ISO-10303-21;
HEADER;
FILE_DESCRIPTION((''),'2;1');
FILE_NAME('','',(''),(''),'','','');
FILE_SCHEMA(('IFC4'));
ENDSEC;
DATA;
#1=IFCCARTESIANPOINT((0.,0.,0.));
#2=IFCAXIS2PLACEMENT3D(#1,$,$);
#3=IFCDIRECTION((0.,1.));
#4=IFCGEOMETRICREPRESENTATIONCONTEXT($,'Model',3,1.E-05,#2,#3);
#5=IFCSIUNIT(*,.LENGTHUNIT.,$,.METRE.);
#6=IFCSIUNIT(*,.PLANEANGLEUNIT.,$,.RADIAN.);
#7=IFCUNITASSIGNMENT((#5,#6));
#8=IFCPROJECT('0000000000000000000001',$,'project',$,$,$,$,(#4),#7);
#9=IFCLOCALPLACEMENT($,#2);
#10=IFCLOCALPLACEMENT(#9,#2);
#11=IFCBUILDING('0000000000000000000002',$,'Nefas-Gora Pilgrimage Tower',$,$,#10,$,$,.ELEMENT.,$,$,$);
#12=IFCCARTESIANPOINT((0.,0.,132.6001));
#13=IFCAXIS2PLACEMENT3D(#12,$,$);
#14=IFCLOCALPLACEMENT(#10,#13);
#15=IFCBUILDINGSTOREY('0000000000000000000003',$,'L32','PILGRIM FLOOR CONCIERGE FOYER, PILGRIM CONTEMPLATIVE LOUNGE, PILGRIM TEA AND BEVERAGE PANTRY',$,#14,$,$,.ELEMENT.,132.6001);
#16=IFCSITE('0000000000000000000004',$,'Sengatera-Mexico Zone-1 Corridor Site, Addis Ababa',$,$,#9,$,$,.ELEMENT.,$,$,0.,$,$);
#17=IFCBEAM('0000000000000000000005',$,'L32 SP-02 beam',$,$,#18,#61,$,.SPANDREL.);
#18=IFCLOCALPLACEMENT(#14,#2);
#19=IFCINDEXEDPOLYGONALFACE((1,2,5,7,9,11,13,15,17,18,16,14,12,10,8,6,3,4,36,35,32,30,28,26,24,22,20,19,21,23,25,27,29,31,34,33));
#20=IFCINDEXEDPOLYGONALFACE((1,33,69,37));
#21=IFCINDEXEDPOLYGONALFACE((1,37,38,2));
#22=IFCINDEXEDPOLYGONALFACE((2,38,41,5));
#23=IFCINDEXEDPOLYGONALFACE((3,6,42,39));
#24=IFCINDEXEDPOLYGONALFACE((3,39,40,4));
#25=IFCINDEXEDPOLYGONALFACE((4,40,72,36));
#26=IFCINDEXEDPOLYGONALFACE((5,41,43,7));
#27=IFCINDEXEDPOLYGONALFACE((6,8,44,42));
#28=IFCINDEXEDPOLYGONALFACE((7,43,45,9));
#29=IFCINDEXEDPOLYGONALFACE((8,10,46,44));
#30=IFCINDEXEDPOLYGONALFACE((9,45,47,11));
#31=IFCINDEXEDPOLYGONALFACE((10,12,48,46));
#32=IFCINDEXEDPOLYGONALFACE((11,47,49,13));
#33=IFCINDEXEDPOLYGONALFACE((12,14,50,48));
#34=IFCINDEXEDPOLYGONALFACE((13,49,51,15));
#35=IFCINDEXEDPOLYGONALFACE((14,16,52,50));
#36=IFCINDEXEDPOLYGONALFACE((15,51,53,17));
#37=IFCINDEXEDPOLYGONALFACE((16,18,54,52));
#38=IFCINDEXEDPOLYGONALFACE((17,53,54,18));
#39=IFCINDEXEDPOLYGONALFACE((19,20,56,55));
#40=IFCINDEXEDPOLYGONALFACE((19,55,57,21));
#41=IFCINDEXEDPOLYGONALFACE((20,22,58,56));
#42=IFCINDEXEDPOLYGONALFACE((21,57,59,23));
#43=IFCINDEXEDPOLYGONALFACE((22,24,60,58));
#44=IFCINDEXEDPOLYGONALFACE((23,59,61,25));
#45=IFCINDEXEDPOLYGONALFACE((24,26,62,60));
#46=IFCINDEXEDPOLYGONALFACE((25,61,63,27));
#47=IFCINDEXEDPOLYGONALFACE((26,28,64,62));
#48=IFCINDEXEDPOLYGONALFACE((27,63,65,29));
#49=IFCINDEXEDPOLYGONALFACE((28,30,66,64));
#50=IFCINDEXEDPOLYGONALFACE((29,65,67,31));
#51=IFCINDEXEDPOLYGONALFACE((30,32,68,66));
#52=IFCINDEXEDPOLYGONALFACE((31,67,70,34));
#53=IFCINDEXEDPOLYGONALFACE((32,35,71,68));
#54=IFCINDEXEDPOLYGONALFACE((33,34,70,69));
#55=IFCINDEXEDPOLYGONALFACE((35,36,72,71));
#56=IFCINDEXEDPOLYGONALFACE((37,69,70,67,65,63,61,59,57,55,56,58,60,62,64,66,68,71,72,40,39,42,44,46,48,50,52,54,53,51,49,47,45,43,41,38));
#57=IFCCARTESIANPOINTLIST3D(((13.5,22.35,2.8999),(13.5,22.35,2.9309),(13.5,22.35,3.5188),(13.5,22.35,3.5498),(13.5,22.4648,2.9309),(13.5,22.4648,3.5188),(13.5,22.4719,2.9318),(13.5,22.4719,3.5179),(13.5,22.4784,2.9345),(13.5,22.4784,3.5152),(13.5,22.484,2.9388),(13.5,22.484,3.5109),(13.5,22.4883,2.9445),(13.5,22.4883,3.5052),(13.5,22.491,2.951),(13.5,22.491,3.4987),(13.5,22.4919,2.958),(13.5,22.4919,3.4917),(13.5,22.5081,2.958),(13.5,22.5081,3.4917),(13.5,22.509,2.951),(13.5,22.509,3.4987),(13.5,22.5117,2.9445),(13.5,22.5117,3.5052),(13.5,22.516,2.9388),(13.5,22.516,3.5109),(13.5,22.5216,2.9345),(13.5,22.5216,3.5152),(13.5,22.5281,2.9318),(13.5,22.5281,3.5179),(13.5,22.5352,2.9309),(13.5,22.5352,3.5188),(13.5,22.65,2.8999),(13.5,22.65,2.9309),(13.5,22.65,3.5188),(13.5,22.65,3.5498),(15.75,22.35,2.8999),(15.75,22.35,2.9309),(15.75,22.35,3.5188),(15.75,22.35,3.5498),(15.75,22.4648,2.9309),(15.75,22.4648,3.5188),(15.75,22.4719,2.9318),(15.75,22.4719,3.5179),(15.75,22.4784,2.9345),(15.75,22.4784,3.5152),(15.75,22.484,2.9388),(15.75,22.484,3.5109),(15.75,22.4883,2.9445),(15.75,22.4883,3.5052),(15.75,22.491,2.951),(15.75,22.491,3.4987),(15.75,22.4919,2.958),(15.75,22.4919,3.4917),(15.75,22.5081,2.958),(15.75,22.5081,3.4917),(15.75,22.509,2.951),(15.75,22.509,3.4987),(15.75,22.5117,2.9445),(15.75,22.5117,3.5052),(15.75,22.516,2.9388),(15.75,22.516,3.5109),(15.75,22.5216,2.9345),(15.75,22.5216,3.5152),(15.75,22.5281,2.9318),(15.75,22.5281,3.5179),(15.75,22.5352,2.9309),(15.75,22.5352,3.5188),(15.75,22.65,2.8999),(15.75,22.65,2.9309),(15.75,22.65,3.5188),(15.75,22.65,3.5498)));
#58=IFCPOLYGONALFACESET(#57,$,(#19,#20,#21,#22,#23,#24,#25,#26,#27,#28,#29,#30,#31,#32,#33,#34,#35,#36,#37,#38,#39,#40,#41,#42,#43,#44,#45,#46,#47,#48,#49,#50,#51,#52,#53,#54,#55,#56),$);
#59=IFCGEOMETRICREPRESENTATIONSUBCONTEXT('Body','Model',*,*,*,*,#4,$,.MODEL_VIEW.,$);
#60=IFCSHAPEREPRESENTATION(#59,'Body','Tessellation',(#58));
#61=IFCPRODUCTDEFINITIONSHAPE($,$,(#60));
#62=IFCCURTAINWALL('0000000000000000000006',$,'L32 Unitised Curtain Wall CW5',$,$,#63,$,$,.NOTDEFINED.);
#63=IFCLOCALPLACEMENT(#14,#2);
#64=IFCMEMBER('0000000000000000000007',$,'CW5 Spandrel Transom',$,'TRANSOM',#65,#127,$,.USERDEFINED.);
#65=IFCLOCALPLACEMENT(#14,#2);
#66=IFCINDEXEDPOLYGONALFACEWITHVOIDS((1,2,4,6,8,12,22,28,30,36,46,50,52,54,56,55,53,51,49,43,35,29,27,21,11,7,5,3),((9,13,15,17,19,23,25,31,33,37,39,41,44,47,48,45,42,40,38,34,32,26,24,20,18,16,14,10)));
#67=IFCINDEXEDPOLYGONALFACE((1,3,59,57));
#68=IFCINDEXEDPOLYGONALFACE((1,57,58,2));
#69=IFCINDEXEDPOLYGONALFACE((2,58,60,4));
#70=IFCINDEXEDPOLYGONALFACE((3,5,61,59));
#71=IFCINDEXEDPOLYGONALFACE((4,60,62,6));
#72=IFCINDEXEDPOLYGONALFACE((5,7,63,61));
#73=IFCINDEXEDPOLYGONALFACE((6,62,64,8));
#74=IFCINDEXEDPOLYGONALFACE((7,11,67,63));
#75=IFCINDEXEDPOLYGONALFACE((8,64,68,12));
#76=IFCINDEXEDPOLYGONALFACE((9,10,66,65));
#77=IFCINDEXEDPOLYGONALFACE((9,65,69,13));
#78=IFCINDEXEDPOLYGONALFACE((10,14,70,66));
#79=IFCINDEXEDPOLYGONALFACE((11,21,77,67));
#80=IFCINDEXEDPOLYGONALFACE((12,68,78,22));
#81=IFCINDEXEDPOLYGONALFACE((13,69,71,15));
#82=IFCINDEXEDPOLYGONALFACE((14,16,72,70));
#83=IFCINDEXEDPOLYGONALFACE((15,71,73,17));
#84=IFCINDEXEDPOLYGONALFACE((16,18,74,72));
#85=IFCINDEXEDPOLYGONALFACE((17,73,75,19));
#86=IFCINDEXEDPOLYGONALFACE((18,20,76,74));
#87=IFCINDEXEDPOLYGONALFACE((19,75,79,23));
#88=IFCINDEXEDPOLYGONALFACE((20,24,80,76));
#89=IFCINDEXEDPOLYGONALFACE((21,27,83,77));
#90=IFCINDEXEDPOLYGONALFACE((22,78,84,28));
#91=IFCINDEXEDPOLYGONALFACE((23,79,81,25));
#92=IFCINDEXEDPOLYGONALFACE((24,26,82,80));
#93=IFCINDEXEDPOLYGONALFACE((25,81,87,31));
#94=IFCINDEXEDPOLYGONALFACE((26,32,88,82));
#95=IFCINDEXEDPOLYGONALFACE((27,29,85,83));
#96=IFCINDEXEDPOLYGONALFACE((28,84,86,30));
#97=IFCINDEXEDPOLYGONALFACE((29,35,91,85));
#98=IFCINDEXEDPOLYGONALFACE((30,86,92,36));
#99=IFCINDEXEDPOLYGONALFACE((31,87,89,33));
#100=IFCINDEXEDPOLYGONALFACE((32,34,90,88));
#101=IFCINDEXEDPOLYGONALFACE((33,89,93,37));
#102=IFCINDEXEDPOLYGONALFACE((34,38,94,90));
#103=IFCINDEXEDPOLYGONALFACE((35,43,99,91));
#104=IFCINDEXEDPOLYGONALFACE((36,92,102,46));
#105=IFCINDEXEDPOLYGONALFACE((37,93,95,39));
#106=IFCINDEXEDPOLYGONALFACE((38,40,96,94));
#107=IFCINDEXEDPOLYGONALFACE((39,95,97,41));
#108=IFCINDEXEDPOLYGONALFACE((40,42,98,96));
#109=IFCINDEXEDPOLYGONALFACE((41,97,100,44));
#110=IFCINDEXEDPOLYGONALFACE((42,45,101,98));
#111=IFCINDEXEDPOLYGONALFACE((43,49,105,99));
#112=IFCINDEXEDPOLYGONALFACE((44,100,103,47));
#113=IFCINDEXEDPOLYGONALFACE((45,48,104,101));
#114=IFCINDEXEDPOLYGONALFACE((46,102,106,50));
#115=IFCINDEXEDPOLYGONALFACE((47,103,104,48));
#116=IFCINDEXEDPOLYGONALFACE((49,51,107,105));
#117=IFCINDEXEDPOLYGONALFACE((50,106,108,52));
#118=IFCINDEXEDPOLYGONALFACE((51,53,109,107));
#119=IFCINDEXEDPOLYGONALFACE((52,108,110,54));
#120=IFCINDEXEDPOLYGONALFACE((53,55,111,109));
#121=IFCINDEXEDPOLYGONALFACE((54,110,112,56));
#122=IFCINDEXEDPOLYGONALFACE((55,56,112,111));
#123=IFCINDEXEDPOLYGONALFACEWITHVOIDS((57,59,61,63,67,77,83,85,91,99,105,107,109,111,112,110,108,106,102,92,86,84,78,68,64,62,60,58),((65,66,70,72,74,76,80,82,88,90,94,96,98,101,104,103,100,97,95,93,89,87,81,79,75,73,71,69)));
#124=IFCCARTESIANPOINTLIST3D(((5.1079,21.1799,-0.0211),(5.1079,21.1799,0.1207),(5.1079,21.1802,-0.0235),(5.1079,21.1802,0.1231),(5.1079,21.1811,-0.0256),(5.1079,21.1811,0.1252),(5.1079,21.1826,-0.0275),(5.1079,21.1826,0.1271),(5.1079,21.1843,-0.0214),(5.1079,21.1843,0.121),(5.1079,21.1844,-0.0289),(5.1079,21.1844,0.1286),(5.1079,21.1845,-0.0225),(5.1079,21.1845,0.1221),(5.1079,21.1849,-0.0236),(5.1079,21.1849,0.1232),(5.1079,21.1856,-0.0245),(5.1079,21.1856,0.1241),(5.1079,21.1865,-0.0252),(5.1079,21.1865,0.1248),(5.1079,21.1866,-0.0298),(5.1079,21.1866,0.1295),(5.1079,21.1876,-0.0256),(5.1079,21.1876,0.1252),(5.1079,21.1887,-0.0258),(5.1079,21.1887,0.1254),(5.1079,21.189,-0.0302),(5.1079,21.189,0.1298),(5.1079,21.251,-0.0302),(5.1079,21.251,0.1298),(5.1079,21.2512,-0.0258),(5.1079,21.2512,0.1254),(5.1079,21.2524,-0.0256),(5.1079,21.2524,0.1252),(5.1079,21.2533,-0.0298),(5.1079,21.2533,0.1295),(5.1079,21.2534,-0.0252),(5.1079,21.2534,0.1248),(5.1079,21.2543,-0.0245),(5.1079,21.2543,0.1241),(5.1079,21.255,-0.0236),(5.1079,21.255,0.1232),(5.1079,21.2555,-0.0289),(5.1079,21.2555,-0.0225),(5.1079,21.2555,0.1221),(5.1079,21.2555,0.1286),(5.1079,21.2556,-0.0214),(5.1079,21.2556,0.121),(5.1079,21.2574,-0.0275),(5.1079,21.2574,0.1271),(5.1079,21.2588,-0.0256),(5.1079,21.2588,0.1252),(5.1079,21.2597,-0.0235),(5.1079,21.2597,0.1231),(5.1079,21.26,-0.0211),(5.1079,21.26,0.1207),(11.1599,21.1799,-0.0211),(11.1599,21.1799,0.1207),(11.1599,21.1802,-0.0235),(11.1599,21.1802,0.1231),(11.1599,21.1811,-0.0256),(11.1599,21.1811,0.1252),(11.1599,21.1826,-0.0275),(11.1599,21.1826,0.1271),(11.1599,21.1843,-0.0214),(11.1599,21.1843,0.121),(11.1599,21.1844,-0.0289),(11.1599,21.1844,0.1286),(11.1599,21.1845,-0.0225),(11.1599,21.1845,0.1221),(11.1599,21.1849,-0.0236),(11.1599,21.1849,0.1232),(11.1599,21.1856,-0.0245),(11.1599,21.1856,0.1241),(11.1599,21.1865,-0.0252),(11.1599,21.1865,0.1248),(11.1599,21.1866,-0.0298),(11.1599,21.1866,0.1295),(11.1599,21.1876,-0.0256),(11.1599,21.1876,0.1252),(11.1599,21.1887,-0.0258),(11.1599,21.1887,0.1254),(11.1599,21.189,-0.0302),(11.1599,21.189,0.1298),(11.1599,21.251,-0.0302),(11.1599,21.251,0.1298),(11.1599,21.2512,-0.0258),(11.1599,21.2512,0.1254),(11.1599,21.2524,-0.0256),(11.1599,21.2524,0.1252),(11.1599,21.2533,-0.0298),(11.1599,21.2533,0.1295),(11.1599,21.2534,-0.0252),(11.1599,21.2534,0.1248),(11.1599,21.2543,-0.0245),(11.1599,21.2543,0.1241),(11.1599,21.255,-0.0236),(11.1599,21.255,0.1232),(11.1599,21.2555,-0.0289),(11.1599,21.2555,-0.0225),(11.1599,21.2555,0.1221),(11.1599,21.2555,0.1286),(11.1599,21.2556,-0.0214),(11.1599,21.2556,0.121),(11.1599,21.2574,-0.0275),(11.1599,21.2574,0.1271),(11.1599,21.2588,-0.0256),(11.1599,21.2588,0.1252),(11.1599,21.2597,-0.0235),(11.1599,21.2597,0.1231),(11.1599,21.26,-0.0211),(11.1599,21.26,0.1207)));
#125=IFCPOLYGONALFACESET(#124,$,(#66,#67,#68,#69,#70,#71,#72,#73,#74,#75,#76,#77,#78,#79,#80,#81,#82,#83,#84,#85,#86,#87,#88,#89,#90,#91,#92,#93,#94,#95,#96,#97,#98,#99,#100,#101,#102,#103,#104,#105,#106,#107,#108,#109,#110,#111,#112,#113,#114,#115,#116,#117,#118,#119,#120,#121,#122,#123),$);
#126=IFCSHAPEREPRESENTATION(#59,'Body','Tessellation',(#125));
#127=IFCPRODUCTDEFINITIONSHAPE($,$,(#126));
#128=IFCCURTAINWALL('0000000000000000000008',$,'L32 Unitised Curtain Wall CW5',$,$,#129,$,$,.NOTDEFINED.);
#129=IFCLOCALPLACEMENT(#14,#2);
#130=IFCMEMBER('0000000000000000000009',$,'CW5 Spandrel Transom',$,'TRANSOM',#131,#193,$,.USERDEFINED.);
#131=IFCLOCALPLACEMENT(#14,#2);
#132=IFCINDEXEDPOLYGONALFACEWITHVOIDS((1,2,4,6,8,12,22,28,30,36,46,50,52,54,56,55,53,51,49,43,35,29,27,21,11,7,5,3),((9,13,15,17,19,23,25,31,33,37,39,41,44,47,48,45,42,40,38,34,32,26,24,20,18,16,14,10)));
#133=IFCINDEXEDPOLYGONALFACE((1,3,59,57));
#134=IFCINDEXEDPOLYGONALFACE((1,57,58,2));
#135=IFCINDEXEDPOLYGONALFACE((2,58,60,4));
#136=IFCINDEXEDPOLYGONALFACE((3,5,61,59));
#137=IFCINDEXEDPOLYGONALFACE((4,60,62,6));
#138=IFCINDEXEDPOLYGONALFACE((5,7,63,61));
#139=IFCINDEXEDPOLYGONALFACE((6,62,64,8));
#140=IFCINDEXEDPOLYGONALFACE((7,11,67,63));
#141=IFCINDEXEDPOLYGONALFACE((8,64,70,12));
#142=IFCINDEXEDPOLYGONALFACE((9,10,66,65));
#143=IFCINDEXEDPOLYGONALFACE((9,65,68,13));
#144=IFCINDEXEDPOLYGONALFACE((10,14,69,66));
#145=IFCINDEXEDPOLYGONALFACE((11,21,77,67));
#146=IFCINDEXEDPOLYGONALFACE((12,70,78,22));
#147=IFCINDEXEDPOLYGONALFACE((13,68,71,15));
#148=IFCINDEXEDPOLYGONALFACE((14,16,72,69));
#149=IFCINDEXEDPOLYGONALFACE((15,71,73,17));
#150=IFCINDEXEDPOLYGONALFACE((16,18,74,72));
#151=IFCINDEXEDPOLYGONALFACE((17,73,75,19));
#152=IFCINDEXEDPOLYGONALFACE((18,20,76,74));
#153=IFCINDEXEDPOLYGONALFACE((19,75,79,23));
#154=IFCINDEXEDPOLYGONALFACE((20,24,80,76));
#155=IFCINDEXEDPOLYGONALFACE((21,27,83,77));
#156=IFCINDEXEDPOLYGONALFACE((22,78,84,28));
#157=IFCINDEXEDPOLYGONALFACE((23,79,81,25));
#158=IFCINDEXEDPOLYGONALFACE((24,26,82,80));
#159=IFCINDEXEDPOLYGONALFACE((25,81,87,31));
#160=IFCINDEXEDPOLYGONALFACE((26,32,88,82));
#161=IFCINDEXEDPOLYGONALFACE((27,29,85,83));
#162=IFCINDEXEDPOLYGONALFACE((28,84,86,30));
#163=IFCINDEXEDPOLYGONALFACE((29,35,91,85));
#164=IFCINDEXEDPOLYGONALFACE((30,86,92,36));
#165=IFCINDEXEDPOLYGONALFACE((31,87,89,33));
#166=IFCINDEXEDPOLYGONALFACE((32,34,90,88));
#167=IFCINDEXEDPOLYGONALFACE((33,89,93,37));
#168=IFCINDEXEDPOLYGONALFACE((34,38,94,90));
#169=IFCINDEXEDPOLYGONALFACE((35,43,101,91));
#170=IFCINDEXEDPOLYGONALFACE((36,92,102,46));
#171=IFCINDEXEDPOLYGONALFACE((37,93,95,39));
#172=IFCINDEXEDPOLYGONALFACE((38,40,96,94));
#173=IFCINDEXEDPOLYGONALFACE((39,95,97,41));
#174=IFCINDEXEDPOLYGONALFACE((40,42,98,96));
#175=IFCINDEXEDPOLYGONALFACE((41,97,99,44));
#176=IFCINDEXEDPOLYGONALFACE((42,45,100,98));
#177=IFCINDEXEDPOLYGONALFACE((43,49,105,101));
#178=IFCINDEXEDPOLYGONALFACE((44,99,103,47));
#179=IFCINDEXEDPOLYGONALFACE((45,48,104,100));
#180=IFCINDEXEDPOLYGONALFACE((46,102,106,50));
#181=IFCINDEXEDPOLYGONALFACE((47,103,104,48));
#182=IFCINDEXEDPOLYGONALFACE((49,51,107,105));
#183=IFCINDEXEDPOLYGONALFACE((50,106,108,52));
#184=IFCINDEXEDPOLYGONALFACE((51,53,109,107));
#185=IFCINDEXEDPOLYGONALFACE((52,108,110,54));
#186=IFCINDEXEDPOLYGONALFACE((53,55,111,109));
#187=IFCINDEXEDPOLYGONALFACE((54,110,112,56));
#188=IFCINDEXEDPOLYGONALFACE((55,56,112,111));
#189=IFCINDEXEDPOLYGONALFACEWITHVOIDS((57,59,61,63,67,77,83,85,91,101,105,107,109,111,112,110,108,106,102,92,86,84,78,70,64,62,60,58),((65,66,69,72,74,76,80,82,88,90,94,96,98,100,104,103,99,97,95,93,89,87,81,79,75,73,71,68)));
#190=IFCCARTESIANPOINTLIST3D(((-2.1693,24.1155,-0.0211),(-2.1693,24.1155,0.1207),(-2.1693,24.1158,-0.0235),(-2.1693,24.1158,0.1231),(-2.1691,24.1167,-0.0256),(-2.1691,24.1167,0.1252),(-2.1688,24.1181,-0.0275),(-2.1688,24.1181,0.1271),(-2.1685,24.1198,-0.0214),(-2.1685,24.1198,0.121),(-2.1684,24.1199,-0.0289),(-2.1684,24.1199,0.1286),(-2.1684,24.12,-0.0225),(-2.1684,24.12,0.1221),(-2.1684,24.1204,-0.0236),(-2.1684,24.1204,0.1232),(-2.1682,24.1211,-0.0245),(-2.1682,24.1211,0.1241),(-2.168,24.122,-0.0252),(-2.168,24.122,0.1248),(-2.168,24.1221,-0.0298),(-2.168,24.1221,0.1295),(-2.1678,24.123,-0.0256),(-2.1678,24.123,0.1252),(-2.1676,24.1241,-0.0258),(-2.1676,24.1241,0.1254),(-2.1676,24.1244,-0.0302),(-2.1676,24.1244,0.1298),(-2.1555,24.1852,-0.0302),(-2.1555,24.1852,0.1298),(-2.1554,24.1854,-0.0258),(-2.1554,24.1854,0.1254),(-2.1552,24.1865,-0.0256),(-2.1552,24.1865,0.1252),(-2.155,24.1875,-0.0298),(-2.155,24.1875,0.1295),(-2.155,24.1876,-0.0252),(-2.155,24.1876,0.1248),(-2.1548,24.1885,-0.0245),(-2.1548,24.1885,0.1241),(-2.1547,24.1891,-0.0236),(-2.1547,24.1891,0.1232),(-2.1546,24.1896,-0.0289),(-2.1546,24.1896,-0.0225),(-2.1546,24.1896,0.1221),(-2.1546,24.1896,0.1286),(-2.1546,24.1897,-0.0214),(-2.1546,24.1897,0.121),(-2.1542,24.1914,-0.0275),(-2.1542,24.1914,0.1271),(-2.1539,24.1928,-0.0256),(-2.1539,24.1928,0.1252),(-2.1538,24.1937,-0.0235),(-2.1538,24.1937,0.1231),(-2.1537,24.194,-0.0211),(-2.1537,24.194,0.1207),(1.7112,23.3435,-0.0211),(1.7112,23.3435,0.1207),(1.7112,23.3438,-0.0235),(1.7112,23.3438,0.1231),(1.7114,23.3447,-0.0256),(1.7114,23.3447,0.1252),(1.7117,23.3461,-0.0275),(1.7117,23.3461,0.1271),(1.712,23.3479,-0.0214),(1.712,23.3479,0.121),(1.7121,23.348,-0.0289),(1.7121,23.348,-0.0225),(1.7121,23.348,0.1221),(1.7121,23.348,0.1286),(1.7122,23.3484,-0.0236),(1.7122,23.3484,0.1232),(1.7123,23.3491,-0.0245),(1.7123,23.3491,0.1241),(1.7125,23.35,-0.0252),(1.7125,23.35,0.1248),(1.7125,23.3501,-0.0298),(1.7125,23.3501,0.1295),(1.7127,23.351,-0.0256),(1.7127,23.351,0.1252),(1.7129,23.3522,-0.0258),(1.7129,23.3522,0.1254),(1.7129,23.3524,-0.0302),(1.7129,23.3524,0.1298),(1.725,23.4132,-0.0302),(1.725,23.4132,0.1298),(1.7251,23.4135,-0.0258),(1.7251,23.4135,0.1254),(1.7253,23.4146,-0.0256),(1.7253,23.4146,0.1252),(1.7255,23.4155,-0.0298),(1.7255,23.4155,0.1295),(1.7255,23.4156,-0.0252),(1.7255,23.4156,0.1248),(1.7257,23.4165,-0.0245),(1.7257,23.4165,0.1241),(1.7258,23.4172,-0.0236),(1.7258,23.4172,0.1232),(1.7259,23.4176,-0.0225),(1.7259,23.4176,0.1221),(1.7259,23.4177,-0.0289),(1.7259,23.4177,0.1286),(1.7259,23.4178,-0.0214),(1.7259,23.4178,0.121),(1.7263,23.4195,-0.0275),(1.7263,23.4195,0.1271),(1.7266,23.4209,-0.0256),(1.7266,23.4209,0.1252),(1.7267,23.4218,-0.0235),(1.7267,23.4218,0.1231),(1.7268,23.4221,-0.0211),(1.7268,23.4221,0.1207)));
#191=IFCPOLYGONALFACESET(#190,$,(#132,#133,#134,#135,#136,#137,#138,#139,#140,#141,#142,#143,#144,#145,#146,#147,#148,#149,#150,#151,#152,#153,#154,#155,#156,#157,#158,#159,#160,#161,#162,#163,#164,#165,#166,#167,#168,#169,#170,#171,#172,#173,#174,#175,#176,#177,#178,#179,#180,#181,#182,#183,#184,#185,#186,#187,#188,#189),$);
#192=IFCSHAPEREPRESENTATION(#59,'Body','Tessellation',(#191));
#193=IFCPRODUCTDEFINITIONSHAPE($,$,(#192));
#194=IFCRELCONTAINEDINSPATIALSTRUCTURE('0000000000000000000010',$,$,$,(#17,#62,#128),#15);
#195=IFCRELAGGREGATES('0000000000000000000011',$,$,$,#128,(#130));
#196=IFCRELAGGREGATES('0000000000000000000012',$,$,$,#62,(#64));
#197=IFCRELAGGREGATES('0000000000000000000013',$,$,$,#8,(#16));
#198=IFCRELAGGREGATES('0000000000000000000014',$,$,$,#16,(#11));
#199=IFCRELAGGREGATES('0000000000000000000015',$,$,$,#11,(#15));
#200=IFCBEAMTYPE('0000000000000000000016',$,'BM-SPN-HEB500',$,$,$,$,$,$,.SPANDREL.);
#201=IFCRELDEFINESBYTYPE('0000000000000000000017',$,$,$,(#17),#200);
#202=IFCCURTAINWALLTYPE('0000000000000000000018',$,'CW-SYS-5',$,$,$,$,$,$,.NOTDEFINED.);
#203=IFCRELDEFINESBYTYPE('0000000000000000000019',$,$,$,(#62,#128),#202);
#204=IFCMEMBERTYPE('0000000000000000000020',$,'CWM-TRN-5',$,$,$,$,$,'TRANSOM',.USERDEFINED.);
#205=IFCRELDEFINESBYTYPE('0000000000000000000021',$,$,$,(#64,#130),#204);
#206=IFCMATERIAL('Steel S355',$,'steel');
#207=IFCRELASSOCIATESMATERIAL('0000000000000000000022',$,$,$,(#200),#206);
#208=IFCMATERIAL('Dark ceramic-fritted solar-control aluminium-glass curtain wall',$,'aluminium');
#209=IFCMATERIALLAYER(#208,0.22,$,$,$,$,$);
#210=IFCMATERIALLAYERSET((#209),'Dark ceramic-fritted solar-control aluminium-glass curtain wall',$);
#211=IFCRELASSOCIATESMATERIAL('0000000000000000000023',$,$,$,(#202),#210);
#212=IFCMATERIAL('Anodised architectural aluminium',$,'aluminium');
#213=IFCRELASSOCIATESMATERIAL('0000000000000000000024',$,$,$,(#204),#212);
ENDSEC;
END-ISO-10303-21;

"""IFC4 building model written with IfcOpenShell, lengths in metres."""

from ifc_helpers import new_model, si_unit, direction, frame, origin, origin_2d, place, context, subcontext, project, spatial, hollow_rectangle, i_section, extrude, source, transform, mapped, material, layer, layer_set, material_profile, profile_set, type_object, element, aggregate, save


model = new_model("IFC4")

# Units and contexts
model_context = context("Model", 3, precision=1e-05, world=origin(), true_north=direction((0.0, 1.0)))
body_context = subcontext(model_context, "Body", "Model", "MODEL_VIEW")
ifc_project = project(units=[si_unit("LENGTHUNIT", "METRE"), si_unit("PLANEANGLEUNIT", "RADIAN")], contexts=[model_context])

# Site, building, storey
site_placement = place(None, origin())
site = spatial("IfcSite", under=ifc_project, at=site_placement, Name="Sengatera-Mexico Zone-1 Corridor Site, Addis Ababa", CompositionType="ELEMENT", RefElevation=0.0)
building_placement = place(site_placement, origin())
building = spatial("IfcBuilding", under=site, at=building_placement, Name="Nefas-Gora Pilgrimage Tower", CompositionType="ELEMENT")
storey_placement = place(building_placement, frame((0.0, 0.0, 132.6001)))
storey = spatial("IfcBuildingStorey", under=building, at=storey_placement, Name="L32", Description="PILGRIM FLOOR CONCIERGE FOYER, PILGRIM CONTEMPLATIVE LOUNGE, PILGRIM TEA AND BEVERAGE PANTRY", CompositionType="ELEMENT", Elevation=132.6001)

# Beam
ifc_material_1 = material(Name="Steel S355", Category="steel")
ifc_material_profile_1 = material_profile(ifc_material_1, i_section(OverallWidth=0.3, OverallDepth=0.6499, WebThickness=0.0161, FlangeThickness=0.031, FilletRadius=0.0271, at=origin_2d()), Name="HEB 650")
ifc_profile_set_1 = profile_set([ifc_material_profile_1], Name="Steel S355")
beam_type_1 = type_object("IfcBeamType", Name="BM-SPN-HEB500", PredefinedType="SPANDREL", material=ifc_profile_set_1)
shared_shape_1 = source(origin(), body_context, "Body", "SweptSolid", [
    extrude(i_section(OverallWidth=0.3, OverallDepth=0.6499, WebThickness=0.0161, FlangeThickness=0.031, FilletRadius=0.0271, at=origin_2d()), origin(), (0.0, 0.0, 1.0), 2.25),
])
beam_1_placement = place(storey_placement, frame((13.5, 22.5, 3.2249), z_axis=(1.0, 0.0, 0.0), x_axis=(0.0, 1.0, 0.0)))
element("IfcBeam", 1, at=beam_1_placement, inside=storey, type_object=beam_type_1, Name="L32 SP-02 beam", PredefinedType="SPANDREL", context=body_context, shape_type="MappedRepresentation", body=[
    mapped(shared_shape_1, transform((0.0, 0.0, 0.0), x_axis=(1.0, 0.0, 0.0), y_axis=(0.0, 1.0, 0.0), z_axis=(0.0, 0.0, 1.0), scale=1.0)),
])

# Curtain walls, members
ifc_material_2 = material(Name="Dark ceramic-fritted solar-control aluminium-glass curtain wall", Category="aluminium")
ifc_layer_1 = layer(ifc_material_2, 0.22)
ifc_layer_set_1 = layer_set([ifc_layer_1], Name="Dark ceramic-fritted solar-control aluminium-glass curtain wall")
curtain_wall_type_1 = type_object("IfcCurtainWallType", Name="CW-SYS-5", PredefinedType="NOTDEFINED", material=ifc_layer_set_1)
curtain_wall_1_placement = place(storey_placement, origin())
curtain_wall_1 = element("IfcCurtainWall", 2, at=curtain_wall_1_placement, inside=storey, type_object=curtain_wall_type_1, Name="L32 Unitised Curtain Wall CW5", PredefinedType="NOTDEFINED")
ifc_material_3 = material(Name="Anodised architectural aluminium", Category="aluminium")
ifc_material_profile_2 = material_profile(ifc_material_3, hollow_rectangle(XDim=0.0801, YDim=0.1599, WallThickness=0.0044, InnerFilletRadius=0.0044, OuterFilletRadius=0.009, at=origin_2d()), Name="ALU TRANSOM 80x160")
ifc_profile_set_2 = profile_set([ifc_material_profile_2], Name="Anodised architectural aluminium")
member_type_1 = type_object("IfcMemberType", Name="CWM-TRN-5", ElementType="TRANSOM", PredefinedType="USERDEFINED", material=ifc_profile_set_2)
shared_shape_2 = source(origin(), body_context, "Body", "SweptSolid", [
    extrude(hollow_rectangle(XDim=0.0801, YDim=0.1599, WallThickness=0.0044, InnerFilletRadius=0.0044, OuterFilletRadius=0.009, at=origin_2d()), origin(), (0.0, 0.0, 1.0), 6.052),
])
member_1_placement = place(storey_placement, frame((11.1599, 21.22, 0.0498), z_axis=(-1.0, 0.0, 0.0), x_axis=(0.0, -1.0, 0.0)))
member_1 = element("IfcMember", 3, at=member_1_placement, type_object=member_type_1, Name="CW5 Spandrel Transom", ObjectType="TRANSOM", PredefinedType="USERDEFINED", context=body_context, shape_type="MappedRepresentation", body=[
    mapped(shared_shape_2, transform((0.0, 0.0, 0.0), x_axis=(1.0, 0.0, 0.0), y_axis=(0.0, 1.0, 0.0), z_axis=(0.0, 0.0, 1.0), scale=1.0)),
])
curtain_wall_2_placement = place(storey_placement, origin())
curtain_wall_2 = element("IfcCurtainWall", 4, at=curtain_wall_2_placement, inside=storey, type_object=curtain_wall_type_1, Name="L32 Unitised Curtain Wall CW5", PredefinedType="NOTDEFINED")
shared_shape_3 = source(origin(), body_context, "Body", "SweptSolid", [
    extrude(hollow_rectangle(XDim=0.0801, YDim=0.1599, WallThickness=0.0044, InnerFilletRadius=0.0044, OuterFilletRadius=0.009, at=origin_2d()), origin(), (0.0, 0.0, 1.0), 3.9565),
])
member_2_placement = place(storey_placement, frame((1.719, 23.3828, 0.0498), z_axis=(-0.980782, 0.195107, 0.0), x_axis=(-0.195107, -0.980782, 0.0)))
member_2 = element("IfcMember", 5, at=member_2_placement, type_object=member_type_1, Name="CW5 Spandrel Transom", ObjectType="TRANSOM", PredefinedType="USERDEFINED", context=body_context, shape_type="MappedRepresentation", body=[
    mapped(shared_shape_3, transform((0.0, 0.0, 0.0), x_axis=(1.0, 0.0, 0.0), y_axis=(0.0, 1.0, 0.0), z_axis=(0.0, 0.0, 1.0), scale=1.0)),
])

aggregate(curtain_wall_2, [member_2])

aggregate(curtain_wall_1, [member_1])

save(model, "model.ifc")
